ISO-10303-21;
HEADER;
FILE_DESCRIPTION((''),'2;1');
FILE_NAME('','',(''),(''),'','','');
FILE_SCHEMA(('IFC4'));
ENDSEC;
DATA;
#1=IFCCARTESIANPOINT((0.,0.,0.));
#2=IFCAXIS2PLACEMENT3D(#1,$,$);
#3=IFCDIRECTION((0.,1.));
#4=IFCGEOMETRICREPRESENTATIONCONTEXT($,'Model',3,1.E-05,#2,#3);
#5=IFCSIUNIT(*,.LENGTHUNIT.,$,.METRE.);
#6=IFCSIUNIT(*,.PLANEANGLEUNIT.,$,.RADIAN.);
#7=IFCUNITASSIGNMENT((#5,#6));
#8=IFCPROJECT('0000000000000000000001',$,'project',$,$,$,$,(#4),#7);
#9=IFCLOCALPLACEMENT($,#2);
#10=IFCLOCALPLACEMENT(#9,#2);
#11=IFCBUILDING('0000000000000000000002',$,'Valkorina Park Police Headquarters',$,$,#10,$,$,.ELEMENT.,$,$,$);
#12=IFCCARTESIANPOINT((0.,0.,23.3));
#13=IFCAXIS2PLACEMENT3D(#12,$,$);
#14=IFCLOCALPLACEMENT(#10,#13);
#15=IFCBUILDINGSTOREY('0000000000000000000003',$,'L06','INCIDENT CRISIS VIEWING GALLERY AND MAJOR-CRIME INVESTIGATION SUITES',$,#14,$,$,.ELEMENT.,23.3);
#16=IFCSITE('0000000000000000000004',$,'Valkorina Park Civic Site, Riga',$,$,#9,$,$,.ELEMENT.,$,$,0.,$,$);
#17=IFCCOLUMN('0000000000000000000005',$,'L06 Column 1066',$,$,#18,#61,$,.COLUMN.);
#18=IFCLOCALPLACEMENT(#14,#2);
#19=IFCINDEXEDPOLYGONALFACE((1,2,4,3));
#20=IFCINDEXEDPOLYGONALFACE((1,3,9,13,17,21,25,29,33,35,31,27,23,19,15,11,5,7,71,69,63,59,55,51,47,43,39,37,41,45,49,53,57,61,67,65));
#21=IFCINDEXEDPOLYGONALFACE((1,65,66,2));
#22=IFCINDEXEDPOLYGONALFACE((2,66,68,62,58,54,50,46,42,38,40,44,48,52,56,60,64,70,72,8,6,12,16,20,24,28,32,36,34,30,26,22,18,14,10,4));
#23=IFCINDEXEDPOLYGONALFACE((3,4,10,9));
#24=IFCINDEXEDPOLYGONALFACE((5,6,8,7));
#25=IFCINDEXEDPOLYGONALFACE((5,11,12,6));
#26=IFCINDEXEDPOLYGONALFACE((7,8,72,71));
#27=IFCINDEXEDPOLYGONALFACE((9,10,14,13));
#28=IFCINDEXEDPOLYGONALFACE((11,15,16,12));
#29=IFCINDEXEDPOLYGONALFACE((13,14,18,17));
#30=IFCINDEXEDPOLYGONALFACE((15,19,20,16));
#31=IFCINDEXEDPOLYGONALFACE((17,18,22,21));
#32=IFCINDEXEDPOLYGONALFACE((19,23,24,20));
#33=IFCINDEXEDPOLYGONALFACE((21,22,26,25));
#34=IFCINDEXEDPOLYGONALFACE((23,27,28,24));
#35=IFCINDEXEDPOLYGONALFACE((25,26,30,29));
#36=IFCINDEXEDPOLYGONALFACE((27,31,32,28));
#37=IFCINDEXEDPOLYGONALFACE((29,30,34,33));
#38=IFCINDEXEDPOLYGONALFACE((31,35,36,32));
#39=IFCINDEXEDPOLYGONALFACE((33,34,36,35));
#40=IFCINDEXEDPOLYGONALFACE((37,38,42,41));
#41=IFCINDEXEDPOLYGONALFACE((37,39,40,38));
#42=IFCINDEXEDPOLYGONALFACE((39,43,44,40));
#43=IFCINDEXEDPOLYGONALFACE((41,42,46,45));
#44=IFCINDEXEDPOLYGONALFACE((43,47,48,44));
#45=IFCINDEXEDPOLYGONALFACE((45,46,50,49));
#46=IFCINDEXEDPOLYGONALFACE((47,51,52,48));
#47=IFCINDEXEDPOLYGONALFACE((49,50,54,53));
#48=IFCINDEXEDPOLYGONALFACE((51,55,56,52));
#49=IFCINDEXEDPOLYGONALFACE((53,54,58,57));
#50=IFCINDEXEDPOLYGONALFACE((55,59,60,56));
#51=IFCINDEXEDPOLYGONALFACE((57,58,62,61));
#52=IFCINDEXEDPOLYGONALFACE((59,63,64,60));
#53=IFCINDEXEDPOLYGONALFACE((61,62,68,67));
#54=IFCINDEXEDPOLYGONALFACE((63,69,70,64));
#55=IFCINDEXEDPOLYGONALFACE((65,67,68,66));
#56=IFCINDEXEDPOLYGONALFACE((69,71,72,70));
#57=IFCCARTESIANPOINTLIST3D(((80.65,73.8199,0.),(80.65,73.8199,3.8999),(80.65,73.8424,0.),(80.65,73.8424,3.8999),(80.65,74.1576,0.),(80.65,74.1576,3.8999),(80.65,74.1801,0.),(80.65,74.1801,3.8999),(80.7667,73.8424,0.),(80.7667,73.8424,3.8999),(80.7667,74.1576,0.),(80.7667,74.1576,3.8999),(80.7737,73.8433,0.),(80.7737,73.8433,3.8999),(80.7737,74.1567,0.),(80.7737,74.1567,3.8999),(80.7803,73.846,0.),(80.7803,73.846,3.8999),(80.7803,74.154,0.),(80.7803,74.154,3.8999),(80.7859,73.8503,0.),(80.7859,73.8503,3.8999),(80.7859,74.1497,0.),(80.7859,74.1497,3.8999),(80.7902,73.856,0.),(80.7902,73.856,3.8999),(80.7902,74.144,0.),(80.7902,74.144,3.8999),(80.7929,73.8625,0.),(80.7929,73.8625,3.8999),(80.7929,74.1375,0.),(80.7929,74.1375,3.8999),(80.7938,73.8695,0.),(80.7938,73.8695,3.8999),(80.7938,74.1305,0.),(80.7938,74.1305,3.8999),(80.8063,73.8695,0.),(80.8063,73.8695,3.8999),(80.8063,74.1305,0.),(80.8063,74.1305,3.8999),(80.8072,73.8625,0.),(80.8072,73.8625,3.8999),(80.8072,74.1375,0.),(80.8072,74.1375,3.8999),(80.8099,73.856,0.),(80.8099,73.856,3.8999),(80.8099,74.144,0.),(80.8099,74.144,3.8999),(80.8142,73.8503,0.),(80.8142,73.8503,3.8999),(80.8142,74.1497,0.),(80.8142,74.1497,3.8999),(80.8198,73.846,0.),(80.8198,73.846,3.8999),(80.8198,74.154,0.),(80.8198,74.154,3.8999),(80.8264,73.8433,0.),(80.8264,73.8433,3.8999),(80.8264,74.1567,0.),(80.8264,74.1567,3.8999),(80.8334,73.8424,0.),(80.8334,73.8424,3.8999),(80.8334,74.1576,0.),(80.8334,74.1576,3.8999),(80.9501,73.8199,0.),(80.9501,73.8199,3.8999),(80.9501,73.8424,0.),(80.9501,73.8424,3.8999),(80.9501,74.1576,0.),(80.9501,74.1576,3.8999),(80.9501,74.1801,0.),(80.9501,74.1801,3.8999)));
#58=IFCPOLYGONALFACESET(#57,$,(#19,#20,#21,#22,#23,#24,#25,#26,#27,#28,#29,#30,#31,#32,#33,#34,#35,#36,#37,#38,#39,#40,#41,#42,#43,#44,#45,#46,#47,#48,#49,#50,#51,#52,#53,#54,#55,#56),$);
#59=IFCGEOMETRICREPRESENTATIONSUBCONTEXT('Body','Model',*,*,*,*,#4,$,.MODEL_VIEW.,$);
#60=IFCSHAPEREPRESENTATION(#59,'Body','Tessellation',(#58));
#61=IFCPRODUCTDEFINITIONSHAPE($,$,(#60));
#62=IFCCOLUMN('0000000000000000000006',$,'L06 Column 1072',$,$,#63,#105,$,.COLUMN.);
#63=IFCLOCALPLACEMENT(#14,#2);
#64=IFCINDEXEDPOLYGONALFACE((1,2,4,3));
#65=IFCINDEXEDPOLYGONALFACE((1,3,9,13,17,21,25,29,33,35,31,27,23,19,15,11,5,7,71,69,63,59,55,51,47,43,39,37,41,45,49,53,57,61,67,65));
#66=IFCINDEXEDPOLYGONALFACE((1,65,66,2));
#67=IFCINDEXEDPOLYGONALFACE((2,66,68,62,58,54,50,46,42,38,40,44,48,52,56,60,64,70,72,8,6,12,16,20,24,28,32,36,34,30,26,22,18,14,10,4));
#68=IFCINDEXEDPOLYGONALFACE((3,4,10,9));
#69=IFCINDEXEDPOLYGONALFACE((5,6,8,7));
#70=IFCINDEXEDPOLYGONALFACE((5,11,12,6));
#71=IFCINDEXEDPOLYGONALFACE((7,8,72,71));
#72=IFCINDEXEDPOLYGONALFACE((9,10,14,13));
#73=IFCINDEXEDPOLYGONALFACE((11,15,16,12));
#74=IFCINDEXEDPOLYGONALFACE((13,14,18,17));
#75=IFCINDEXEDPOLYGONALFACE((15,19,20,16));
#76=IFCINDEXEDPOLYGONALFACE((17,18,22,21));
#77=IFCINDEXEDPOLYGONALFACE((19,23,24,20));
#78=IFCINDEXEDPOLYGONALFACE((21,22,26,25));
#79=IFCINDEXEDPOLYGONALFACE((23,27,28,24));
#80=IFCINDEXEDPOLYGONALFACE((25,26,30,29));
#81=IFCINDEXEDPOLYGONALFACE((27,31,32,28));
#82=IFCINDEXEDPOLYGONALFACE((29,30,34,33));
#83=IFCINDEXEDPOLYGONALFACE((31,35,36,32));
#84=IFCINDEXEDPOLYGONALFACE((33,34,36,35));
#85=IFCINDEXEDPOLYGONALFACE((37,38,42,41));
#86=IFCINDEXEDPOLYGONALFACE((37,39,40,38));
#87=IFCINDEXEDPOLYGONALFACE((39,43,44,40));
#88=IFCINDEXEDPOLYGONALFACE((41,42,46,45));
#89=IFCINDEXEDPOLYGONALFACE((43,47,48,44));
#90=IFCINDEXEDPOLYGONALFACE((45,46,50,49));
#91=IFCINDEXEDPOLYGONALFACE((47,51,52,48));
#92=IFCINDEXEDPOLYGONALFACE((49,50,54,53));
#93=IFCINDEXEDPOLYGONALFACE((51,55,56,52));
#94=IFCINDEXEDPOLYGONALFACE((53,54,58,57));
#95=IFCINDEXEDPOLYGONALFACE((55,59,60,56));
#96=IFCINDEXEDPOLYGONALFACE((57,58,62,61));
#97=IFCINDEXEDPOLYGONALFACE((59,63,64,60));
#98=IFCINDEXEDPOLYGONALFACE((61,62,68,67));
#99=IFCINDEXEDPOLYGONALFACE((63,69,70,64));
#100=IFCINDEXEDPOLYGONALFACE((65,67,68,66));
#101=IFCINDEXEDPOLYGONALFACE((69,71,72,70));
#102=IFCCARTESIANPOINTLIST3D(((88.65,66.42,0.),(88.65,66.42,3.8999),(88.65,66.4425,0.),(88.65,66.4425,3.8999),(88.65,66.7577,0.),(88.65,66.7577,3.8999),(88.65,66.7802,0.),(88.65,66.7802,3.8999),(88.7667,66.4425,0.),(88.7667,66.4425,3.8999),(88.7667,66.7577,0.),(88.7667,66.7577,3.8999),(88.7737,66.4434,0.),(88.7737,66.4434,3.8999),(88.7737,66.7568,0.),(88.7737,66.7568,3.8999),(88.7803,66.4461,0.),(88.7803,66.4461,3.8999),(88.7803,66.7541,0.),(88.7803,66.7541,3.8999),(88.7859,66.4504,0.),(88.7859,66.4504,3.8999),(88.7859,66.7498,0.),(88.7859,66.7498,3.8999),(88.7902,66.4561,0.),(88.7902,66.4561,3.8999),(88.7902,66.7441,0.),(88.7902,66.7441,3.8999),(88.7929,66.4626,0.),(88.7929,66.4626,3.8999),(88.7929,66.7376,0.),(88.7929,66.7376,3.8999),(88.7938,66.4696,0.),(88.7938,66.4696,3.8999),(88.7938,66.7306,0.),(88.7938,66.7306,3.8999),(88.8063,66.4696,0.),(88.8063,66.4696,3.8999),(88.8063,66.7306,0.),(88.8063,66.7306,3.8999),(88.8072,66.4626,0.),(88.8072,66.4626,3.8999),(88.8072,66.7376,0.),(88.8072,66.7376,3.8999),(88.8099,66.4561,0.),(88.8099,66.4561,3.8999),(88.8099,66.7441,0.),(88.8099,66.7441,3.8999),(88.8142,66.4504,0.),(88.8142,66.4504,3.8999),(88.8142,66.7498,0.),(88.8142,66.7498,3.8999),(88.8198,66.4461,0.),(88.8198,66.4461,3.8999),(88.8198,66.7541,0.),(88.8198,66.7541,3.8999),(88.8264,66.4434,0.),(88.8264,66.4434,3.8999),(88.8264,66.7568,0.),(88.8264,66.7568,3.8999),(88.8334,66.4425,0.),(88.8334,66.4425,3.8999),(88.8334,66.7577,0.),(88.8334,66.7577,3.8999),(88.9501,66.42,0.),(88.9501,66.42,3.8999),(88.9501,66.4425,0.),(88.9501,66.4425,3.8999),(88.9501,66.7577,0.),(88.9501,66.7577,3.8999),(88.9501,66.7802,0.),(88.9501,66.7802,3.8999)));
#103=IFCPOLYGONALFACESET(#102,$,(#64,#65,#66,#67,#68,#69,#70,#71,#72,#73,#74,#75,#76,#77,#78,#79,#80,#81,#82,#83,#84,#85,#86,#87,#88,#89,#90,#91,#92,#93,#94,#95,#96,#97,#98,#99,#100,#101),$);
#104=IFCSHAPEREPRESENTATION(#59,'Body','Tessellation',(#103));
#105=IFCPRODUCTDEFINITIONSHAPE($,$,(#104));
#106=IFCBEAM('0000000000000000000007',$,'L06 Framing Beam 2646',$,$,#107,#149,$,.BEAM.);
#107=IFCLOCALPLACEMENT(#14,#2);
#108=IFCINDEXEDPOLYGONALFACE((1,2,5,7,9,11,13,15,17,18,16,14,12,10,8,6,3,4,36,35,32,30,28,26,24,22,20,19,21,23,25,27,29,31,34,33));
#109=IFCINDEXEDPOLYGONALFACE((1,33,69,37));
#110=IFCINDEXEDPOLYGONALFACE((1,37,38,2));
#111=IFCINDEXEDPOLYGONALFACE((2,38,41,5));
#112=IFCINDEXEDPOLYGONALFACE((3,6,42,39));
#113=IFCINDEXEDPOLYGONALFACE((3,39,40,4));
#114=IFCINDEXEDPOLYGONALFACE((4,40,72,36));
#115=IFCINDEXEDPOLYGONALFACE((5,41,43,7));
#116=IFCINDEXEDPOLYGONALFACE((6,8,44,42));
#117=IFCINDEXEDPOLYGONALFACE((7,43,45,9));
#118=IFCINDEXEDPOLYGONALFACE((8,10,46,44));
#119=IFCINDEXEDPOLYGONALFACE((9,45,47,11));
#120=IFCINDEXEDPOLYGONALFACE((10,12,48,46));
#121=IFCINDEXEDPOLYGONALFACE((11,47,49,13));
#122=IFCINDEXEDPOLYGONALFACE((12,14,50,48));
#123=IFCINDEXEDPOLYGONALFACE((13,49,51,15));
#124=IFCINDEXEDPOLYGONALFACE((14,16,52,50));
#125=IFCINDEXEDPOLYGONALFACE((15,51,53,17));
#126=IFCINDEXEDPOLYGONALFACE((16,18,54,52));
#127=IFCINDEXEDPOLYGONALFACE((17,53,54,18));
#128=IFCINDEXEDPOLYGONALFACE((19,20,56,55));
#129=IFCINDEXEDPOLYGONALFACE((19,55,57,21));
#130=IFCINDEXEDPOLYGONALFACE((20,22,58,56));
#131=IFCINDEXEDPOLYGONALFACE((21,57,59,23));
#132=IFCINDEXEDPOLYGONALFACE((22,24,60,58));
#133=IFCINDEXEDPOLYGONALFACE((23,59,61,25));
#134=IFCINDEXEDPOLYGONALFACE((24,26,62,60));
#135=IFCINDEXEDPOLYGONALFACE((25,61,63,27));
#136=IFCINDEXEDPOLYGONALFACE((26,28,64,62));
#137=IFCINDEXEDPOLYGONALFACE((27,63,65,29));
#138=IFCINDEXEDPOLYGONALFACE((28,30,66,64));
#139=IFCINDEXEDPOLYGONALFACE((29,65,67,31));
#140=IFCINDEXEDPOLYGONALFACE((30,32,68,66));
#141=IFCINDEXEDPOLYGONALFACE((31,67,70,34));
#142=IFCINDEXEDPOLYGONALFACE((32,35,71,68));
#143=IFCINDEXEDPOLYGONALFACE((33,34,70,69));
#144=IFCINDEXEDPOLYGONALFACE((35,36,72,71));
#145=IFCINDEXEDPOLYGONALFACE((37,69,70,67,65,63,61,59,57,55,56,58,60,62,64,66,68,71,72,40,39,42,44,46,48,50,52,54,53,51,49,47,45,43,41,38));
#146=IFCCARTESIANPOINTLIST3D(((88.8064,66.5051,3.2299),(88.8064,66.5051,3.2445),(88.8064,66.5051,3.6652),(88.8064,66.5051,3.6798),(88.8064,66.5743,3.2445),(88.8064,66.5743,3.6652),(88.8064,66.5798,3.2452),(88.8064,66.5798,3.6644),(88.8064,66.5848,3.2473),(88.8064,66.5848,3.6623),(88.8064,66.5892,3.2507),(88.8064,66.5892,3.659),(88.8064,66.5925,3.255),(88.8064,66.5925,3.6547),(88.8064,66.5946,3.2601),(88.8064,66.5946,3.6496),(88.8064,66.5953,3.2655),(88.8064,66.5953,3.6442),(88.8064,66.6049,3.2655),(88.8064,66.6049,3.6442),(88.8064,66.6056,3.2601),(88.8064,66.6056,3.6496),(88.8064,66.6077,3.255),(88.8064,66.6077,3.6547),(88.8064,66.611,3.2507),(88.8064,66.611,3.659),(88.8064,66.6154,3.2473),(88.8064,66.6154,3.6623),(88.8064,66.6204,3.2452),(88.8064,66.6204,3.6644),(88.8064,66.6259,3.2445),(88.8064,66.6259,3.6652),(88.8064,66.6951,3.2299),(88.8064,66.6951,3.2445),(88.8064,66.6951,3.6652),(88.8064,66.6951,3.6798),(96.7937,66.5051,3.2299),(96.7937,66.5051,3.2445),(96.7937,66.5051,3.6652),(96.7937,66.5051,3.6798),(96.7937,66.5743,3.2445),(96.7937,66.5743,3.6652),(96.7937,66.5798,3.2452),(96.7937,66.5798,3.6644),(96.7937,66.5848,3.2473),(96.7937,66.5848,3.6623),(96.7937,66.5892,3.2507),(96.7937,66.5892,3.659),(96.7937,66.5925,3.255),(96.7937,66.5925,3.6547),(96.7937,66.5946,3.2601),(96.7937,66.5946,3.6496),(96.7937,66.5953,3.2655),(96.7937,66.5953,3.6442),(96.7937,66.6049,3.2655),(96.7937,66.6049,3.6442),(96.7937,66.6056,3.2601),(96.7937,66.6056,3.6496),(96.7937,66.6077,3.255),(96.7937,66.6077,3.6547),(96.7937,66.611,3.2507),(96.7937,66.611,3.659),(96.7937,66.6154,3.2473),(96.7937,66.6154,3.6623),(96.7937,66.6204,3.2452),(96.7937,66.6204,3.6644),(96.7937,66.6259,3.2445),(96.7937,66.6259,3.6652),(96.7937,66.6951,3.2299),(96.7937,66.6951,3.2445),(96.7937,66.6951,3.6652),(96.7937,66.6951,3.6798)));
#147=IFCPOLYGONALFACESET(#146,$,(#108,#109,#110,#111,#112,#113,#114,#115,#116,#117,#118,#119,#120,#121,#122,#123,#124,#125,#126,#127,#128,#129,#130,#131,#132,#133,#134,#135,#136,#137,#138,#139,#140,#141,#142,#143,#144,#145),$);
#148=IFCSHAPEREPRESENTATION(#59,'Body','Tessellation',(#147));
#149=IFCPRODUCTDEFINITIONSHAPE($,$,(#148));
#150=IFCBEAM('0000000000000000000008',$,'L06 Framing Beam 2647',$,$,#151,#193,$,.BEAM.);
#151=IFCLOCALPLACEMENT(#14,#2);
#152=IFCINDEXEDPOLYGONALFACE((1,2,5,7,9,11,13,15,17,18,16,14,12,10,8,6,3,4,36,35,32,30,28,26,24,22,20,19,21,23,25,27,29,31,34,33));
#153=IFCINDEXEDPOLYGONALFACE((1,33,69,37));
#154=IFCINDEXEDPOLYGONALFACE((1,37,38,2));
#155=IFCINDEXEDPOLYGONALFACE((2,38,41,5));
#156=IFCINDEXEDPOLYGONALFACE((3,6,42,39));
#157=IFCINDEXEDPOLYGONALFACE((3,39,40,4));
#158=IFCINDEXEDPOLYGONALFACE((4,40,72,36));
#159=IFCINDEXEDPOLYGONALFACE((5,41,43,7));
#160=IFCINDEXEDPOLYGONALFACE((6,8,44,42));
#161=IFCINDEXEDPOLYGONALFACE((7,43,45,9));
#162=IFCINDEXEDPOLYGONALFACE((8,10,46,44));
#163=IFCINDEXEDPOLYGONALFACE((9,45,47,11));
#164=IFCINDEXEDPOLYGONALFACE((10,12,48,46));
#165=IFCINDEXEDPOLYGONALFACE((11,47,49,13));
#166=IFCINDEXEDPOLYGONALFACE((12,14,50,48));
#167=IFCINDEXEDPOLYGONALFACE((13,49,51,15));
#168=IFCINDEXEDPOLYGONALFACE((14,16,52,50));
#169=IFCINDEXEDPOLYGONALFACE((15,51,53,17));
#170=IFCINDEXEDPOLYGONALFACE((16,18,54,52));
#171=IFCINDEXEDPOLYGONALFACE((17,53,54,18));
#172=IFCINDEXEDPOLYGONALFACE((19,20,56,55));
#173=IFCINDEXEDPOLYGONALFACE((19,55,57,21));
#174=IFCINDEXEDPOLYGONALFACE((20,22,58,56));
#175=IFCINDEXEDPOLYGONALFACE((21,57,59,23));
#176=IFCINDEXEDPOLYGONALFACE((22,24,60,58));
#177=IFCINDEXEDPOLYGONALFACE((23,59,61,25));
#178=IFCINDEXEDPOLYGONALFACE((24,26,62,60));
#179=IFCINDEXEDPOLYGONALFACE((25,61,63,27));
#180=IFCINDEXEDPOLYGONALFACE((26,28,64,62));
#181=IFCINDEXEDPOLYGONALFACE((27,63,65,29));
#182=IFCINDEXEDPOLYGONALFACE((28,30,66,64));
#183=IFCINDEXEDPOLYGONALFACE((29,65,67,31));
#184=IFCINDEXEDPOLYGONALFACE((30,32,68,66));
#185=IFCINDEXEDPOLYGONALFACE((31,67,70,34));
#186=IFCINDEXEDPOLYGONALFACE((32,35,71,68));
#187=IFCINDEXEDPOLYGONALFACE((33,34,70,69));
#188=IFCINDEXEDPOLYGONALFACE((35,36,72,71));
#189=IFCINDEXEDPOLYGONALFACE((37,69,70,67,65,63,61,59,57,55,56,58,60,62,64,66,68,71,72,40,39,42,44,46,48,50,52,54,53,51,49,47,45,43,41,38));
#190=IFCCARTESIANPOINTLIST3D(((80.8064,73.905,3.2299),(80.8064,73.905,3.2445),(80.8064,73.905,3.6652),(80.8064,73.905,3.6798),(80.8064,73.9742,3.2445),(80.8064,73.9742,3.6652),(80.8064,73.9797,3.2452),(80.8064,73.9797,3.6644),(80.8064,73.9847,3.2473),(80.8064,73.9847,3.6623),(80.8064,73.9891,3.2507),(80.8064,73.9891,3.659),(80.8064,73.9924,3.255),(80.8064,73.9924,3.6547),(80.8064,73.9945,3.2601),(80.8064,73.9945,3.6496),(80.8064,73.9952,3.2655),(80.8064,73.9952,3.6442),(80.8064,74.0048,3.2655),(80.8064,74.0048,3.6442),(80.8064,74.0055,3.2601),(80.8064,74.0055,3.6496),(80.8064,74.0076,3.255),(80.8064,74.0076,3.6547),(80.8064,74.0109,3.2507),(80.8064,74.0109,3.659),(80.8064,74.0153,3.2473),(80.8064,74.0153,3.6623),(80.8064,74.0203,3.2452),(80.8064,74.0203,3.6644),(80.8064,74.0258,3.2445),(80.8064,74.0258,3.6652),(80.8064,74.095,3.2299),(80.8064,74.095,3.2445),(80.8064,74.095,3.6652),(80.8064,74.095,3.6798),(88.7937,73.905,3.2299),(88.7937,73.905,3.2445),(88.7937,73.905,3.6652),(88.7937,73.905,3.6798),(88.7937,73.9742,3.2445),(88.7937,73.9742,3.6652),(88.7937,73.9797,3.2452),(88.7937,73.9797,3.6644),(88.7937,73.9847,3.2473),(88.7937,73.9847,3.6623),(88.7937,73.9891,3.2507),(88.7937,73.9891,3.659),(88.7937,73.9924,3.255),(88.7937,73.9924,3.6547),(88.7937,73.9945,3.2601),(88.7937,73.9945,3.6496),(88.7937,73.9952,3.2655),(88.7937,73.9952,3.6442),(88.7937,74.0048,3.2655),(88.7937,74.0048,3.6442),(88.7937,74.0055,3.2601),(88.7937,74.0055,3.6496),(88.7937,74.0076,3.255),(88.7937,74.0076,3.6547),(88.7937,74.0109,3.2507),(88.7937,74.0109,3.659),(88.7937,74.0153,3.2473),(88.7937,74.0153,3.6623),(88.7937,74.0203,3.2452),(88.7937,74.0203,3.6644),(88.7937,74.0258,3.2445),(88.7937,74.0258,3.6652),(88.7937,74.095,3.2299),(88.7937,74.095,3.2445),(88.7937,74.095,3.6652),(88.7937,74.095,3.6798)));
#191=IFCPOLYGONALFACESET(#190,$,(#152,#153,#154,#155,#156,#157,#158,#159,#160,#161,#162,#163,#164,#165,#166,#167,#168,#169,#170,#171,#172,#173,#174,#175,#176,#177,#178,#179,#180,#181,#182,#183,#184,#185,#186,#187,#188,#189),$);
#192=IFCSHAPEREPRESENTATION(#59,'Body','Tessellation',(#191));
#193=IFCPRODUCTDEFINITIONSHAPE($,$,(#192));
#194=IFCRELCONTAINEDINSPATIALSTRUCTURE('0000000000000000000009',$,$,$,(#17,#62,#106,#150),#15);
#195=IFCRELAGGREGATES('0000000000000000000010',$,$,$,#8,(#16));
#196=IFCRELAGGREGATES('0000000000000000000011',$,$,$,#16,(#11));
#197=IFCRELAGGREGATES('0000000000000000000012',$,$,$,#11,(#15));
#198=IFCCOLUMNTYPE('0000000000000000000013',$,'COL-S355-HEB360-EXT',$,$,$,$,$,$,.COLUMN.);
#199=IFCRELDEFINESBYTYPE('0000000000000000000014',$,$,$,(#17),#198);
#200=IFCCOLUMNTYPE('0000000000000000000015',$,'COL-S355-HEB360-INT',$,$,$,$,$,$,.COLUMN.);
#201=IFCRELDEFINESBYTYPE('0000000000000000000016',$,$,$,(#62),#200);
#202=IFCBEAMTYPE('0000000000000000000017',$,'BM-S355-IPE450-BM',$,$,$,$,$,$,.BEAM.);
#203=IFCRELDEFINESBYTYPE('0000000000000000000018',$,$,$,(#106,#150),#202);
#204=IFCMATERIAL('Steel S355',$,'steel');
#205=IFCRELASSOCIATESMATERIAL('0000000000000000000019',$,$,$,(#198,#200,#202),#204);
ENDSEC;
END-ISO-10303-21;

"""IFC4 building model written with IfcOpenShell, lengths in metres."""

from ifc_helpers import new_model, si_unit, direction, frame, origin, origin_2d, place, context, subcontext, project, spatial, i_section, extrude, material, material_profile, profile_set, type_object, element, save


model = new_model("IFC4")

# Units and contexts
model_context = context("Model", 3, precision=1e-05, world=origin(), true_north=direction((0.0, 1.0)))
body_context = subcontext(model_context, "Body", "Model", "MODEL_VIEW")
ifc_project = project(units=[si_unit("LENGTHUNIT", "METRE"), si_unit("PLANEANGLEUNIT", "RADIAN")], contexts=[model_context])

# Site, building, storey
site_placement = place(None, origin())
site = spatial("IfcSite", under=ifc_project, at=site_placement, Name="Valkorina Park Civic Site, Riga", CompositionType="ELEMENT", RefElevation=0.0)
building_placement = place(site_placement, origin())
building = spatial("IfcBuilding", under=site, at=building_placement, Name="Valkorina Park Police Headquarters", CompositionType="ELEMENT")
storey_placement = place(building_placement, frame((0.0, 0.0, 23.3)))
storey = spatial("IfcBuildingStorey", under=building, at=storey_placement, Name="L06", Description="INCIDENT CRISIS VIEWING GALLERY AND MAJOR-CRIME INVESTIGATION SUITES", CompositionType="ELEMENT", Elevation=23.3)

# Columns
ifc_material_1 = material(Name="Steel S355", Category="steel")
ifc_material_profile_1 = material_profile(ifc_material_1, i_section(OverallWidth=0.3, OverallDepth=0.3601, WebThickness=0.0125, FlangeThickness=0.0225, FilletRadius=0.0271, at=origin_2d()), Name="HEB 360")
ifc_profile_set_1 = profile_set([ifc_material_profile_1], Name="Steel S355")
column_type_1 = type_object("IfcColumnType", Name="COL-S355-HEB360-EXT", PredefinedType="COLUMN", material=ifc_profile_set_1)
column_1_placement = place(storey_placement, frame((80.8, 74.0, 0.0), z_axis=(0.0, 0.0, 1.0), x_axis=(1.0, 0.0, 0.0)))
element("IfcColumn", 1, at=column_1_placement, inside=storey, type_object=column_type_1, Name="L06 Column 1066", PredefinedType="COLUMN", context=body_context, shape_type="SweptSolid", body=[
    extrude(i_section(OverallWidth=0.3, OverallDepth=0.3601, WebThickness=0.0125, FlangeThickness=0.0225, FilletRadius=0.0271, at=origin_2d()), origin(), (0.0, 0.0, 1.0), 3.8999),
])
ifc_material_profile_2 = material_profile(ifc_material_1, i_section(OverallWidth=0.3, OverallDepth=0.3601, WebThickness=0.0125, FlangeThickness=0.0225, FilletRadius=0.0271, at=origin_2d()), Name="HEB 360")
ifc_profile_set_2 = profile_set([ifc_material_profile_2], Name="Steel S355")
column_type_2 = type_object("IfcColumnType", Name="COL-S355-HEB360-INT", PredefinedType="COLUMN", material=ifc_profile_set_2)
column_2_placement = place(storey_placement, frame((88.8, 66.6001, 0.0), z_axis=(0.0, 0.0, 1.0), x_axis=(1.0, 0.0, 0.0)))
element("IfcColumn", 2, at=column_2_placement, inside=storey, type_object=column_type_2, Name="L06 Column 1072", PredefinedType="COLUMN", context=body_context, shape_type="SweptSolid", body=[
    extrude(i_section(OverallWidth=0.3, OverallDepth=0.3601, WebThickness=0.0125, FlangeThickness=0.0225, FilletRadius=0.0271, at=origin_2d()), origin(), (0.0, 0.0, 1.0), 3.8999),
])

# Beams
ifc_material_profile_3 = material_profile(ifc_material_1, i_section(OverallWidth=0.1899, OverallDepth=0.45, WebThickness=0.0095, FlangeThickness=0.0146, FilletRadius=0.021, at=origin_2d()), Name="IPE 450")
ifc_profile_set_3 = profile_set([ifc_material_profile_3], Name="Steel S355")
beam_type = type_object("IfcBeamType", Name="BM-S355-IPE450-BM", PredefinedType="BEAM", material=ifc_profile_set_3)
for number, where, z_axis, x_axis, name in (
    (3, (88.8064, 66.6001, 3.4548), (1.0, 0.0, 0.0), (0.0, 1.0, 0.0), "L06 Framing Beam 2646"),
    (4, (80.8064, 74.0, 3.4548), (1.0, 0.0, 0.0), (0.0, 1.0, 0.0), "L06 Framing Beam 2647"),
):
    element("IfcBeam", number, at=place(storey_placement, frame(where, z_axis=z_axis, x_axis=x_axis)), inside=storey, type_object=beam_type, Name=name, PredefinedType="BEAM", context=body_context, shape_type="SweptSolid", body=[
        extrude(i_section(OverallWidth=0.1899, OverallDepth=0.45, WebThickness=0.0095, FlangeThickness=0.0146, FilletRadius=0.021, at=origin_2d()), origin(), (0.0, 0.0, 1.0), 7.9873),
    ])

save(model, "model.ifc")
